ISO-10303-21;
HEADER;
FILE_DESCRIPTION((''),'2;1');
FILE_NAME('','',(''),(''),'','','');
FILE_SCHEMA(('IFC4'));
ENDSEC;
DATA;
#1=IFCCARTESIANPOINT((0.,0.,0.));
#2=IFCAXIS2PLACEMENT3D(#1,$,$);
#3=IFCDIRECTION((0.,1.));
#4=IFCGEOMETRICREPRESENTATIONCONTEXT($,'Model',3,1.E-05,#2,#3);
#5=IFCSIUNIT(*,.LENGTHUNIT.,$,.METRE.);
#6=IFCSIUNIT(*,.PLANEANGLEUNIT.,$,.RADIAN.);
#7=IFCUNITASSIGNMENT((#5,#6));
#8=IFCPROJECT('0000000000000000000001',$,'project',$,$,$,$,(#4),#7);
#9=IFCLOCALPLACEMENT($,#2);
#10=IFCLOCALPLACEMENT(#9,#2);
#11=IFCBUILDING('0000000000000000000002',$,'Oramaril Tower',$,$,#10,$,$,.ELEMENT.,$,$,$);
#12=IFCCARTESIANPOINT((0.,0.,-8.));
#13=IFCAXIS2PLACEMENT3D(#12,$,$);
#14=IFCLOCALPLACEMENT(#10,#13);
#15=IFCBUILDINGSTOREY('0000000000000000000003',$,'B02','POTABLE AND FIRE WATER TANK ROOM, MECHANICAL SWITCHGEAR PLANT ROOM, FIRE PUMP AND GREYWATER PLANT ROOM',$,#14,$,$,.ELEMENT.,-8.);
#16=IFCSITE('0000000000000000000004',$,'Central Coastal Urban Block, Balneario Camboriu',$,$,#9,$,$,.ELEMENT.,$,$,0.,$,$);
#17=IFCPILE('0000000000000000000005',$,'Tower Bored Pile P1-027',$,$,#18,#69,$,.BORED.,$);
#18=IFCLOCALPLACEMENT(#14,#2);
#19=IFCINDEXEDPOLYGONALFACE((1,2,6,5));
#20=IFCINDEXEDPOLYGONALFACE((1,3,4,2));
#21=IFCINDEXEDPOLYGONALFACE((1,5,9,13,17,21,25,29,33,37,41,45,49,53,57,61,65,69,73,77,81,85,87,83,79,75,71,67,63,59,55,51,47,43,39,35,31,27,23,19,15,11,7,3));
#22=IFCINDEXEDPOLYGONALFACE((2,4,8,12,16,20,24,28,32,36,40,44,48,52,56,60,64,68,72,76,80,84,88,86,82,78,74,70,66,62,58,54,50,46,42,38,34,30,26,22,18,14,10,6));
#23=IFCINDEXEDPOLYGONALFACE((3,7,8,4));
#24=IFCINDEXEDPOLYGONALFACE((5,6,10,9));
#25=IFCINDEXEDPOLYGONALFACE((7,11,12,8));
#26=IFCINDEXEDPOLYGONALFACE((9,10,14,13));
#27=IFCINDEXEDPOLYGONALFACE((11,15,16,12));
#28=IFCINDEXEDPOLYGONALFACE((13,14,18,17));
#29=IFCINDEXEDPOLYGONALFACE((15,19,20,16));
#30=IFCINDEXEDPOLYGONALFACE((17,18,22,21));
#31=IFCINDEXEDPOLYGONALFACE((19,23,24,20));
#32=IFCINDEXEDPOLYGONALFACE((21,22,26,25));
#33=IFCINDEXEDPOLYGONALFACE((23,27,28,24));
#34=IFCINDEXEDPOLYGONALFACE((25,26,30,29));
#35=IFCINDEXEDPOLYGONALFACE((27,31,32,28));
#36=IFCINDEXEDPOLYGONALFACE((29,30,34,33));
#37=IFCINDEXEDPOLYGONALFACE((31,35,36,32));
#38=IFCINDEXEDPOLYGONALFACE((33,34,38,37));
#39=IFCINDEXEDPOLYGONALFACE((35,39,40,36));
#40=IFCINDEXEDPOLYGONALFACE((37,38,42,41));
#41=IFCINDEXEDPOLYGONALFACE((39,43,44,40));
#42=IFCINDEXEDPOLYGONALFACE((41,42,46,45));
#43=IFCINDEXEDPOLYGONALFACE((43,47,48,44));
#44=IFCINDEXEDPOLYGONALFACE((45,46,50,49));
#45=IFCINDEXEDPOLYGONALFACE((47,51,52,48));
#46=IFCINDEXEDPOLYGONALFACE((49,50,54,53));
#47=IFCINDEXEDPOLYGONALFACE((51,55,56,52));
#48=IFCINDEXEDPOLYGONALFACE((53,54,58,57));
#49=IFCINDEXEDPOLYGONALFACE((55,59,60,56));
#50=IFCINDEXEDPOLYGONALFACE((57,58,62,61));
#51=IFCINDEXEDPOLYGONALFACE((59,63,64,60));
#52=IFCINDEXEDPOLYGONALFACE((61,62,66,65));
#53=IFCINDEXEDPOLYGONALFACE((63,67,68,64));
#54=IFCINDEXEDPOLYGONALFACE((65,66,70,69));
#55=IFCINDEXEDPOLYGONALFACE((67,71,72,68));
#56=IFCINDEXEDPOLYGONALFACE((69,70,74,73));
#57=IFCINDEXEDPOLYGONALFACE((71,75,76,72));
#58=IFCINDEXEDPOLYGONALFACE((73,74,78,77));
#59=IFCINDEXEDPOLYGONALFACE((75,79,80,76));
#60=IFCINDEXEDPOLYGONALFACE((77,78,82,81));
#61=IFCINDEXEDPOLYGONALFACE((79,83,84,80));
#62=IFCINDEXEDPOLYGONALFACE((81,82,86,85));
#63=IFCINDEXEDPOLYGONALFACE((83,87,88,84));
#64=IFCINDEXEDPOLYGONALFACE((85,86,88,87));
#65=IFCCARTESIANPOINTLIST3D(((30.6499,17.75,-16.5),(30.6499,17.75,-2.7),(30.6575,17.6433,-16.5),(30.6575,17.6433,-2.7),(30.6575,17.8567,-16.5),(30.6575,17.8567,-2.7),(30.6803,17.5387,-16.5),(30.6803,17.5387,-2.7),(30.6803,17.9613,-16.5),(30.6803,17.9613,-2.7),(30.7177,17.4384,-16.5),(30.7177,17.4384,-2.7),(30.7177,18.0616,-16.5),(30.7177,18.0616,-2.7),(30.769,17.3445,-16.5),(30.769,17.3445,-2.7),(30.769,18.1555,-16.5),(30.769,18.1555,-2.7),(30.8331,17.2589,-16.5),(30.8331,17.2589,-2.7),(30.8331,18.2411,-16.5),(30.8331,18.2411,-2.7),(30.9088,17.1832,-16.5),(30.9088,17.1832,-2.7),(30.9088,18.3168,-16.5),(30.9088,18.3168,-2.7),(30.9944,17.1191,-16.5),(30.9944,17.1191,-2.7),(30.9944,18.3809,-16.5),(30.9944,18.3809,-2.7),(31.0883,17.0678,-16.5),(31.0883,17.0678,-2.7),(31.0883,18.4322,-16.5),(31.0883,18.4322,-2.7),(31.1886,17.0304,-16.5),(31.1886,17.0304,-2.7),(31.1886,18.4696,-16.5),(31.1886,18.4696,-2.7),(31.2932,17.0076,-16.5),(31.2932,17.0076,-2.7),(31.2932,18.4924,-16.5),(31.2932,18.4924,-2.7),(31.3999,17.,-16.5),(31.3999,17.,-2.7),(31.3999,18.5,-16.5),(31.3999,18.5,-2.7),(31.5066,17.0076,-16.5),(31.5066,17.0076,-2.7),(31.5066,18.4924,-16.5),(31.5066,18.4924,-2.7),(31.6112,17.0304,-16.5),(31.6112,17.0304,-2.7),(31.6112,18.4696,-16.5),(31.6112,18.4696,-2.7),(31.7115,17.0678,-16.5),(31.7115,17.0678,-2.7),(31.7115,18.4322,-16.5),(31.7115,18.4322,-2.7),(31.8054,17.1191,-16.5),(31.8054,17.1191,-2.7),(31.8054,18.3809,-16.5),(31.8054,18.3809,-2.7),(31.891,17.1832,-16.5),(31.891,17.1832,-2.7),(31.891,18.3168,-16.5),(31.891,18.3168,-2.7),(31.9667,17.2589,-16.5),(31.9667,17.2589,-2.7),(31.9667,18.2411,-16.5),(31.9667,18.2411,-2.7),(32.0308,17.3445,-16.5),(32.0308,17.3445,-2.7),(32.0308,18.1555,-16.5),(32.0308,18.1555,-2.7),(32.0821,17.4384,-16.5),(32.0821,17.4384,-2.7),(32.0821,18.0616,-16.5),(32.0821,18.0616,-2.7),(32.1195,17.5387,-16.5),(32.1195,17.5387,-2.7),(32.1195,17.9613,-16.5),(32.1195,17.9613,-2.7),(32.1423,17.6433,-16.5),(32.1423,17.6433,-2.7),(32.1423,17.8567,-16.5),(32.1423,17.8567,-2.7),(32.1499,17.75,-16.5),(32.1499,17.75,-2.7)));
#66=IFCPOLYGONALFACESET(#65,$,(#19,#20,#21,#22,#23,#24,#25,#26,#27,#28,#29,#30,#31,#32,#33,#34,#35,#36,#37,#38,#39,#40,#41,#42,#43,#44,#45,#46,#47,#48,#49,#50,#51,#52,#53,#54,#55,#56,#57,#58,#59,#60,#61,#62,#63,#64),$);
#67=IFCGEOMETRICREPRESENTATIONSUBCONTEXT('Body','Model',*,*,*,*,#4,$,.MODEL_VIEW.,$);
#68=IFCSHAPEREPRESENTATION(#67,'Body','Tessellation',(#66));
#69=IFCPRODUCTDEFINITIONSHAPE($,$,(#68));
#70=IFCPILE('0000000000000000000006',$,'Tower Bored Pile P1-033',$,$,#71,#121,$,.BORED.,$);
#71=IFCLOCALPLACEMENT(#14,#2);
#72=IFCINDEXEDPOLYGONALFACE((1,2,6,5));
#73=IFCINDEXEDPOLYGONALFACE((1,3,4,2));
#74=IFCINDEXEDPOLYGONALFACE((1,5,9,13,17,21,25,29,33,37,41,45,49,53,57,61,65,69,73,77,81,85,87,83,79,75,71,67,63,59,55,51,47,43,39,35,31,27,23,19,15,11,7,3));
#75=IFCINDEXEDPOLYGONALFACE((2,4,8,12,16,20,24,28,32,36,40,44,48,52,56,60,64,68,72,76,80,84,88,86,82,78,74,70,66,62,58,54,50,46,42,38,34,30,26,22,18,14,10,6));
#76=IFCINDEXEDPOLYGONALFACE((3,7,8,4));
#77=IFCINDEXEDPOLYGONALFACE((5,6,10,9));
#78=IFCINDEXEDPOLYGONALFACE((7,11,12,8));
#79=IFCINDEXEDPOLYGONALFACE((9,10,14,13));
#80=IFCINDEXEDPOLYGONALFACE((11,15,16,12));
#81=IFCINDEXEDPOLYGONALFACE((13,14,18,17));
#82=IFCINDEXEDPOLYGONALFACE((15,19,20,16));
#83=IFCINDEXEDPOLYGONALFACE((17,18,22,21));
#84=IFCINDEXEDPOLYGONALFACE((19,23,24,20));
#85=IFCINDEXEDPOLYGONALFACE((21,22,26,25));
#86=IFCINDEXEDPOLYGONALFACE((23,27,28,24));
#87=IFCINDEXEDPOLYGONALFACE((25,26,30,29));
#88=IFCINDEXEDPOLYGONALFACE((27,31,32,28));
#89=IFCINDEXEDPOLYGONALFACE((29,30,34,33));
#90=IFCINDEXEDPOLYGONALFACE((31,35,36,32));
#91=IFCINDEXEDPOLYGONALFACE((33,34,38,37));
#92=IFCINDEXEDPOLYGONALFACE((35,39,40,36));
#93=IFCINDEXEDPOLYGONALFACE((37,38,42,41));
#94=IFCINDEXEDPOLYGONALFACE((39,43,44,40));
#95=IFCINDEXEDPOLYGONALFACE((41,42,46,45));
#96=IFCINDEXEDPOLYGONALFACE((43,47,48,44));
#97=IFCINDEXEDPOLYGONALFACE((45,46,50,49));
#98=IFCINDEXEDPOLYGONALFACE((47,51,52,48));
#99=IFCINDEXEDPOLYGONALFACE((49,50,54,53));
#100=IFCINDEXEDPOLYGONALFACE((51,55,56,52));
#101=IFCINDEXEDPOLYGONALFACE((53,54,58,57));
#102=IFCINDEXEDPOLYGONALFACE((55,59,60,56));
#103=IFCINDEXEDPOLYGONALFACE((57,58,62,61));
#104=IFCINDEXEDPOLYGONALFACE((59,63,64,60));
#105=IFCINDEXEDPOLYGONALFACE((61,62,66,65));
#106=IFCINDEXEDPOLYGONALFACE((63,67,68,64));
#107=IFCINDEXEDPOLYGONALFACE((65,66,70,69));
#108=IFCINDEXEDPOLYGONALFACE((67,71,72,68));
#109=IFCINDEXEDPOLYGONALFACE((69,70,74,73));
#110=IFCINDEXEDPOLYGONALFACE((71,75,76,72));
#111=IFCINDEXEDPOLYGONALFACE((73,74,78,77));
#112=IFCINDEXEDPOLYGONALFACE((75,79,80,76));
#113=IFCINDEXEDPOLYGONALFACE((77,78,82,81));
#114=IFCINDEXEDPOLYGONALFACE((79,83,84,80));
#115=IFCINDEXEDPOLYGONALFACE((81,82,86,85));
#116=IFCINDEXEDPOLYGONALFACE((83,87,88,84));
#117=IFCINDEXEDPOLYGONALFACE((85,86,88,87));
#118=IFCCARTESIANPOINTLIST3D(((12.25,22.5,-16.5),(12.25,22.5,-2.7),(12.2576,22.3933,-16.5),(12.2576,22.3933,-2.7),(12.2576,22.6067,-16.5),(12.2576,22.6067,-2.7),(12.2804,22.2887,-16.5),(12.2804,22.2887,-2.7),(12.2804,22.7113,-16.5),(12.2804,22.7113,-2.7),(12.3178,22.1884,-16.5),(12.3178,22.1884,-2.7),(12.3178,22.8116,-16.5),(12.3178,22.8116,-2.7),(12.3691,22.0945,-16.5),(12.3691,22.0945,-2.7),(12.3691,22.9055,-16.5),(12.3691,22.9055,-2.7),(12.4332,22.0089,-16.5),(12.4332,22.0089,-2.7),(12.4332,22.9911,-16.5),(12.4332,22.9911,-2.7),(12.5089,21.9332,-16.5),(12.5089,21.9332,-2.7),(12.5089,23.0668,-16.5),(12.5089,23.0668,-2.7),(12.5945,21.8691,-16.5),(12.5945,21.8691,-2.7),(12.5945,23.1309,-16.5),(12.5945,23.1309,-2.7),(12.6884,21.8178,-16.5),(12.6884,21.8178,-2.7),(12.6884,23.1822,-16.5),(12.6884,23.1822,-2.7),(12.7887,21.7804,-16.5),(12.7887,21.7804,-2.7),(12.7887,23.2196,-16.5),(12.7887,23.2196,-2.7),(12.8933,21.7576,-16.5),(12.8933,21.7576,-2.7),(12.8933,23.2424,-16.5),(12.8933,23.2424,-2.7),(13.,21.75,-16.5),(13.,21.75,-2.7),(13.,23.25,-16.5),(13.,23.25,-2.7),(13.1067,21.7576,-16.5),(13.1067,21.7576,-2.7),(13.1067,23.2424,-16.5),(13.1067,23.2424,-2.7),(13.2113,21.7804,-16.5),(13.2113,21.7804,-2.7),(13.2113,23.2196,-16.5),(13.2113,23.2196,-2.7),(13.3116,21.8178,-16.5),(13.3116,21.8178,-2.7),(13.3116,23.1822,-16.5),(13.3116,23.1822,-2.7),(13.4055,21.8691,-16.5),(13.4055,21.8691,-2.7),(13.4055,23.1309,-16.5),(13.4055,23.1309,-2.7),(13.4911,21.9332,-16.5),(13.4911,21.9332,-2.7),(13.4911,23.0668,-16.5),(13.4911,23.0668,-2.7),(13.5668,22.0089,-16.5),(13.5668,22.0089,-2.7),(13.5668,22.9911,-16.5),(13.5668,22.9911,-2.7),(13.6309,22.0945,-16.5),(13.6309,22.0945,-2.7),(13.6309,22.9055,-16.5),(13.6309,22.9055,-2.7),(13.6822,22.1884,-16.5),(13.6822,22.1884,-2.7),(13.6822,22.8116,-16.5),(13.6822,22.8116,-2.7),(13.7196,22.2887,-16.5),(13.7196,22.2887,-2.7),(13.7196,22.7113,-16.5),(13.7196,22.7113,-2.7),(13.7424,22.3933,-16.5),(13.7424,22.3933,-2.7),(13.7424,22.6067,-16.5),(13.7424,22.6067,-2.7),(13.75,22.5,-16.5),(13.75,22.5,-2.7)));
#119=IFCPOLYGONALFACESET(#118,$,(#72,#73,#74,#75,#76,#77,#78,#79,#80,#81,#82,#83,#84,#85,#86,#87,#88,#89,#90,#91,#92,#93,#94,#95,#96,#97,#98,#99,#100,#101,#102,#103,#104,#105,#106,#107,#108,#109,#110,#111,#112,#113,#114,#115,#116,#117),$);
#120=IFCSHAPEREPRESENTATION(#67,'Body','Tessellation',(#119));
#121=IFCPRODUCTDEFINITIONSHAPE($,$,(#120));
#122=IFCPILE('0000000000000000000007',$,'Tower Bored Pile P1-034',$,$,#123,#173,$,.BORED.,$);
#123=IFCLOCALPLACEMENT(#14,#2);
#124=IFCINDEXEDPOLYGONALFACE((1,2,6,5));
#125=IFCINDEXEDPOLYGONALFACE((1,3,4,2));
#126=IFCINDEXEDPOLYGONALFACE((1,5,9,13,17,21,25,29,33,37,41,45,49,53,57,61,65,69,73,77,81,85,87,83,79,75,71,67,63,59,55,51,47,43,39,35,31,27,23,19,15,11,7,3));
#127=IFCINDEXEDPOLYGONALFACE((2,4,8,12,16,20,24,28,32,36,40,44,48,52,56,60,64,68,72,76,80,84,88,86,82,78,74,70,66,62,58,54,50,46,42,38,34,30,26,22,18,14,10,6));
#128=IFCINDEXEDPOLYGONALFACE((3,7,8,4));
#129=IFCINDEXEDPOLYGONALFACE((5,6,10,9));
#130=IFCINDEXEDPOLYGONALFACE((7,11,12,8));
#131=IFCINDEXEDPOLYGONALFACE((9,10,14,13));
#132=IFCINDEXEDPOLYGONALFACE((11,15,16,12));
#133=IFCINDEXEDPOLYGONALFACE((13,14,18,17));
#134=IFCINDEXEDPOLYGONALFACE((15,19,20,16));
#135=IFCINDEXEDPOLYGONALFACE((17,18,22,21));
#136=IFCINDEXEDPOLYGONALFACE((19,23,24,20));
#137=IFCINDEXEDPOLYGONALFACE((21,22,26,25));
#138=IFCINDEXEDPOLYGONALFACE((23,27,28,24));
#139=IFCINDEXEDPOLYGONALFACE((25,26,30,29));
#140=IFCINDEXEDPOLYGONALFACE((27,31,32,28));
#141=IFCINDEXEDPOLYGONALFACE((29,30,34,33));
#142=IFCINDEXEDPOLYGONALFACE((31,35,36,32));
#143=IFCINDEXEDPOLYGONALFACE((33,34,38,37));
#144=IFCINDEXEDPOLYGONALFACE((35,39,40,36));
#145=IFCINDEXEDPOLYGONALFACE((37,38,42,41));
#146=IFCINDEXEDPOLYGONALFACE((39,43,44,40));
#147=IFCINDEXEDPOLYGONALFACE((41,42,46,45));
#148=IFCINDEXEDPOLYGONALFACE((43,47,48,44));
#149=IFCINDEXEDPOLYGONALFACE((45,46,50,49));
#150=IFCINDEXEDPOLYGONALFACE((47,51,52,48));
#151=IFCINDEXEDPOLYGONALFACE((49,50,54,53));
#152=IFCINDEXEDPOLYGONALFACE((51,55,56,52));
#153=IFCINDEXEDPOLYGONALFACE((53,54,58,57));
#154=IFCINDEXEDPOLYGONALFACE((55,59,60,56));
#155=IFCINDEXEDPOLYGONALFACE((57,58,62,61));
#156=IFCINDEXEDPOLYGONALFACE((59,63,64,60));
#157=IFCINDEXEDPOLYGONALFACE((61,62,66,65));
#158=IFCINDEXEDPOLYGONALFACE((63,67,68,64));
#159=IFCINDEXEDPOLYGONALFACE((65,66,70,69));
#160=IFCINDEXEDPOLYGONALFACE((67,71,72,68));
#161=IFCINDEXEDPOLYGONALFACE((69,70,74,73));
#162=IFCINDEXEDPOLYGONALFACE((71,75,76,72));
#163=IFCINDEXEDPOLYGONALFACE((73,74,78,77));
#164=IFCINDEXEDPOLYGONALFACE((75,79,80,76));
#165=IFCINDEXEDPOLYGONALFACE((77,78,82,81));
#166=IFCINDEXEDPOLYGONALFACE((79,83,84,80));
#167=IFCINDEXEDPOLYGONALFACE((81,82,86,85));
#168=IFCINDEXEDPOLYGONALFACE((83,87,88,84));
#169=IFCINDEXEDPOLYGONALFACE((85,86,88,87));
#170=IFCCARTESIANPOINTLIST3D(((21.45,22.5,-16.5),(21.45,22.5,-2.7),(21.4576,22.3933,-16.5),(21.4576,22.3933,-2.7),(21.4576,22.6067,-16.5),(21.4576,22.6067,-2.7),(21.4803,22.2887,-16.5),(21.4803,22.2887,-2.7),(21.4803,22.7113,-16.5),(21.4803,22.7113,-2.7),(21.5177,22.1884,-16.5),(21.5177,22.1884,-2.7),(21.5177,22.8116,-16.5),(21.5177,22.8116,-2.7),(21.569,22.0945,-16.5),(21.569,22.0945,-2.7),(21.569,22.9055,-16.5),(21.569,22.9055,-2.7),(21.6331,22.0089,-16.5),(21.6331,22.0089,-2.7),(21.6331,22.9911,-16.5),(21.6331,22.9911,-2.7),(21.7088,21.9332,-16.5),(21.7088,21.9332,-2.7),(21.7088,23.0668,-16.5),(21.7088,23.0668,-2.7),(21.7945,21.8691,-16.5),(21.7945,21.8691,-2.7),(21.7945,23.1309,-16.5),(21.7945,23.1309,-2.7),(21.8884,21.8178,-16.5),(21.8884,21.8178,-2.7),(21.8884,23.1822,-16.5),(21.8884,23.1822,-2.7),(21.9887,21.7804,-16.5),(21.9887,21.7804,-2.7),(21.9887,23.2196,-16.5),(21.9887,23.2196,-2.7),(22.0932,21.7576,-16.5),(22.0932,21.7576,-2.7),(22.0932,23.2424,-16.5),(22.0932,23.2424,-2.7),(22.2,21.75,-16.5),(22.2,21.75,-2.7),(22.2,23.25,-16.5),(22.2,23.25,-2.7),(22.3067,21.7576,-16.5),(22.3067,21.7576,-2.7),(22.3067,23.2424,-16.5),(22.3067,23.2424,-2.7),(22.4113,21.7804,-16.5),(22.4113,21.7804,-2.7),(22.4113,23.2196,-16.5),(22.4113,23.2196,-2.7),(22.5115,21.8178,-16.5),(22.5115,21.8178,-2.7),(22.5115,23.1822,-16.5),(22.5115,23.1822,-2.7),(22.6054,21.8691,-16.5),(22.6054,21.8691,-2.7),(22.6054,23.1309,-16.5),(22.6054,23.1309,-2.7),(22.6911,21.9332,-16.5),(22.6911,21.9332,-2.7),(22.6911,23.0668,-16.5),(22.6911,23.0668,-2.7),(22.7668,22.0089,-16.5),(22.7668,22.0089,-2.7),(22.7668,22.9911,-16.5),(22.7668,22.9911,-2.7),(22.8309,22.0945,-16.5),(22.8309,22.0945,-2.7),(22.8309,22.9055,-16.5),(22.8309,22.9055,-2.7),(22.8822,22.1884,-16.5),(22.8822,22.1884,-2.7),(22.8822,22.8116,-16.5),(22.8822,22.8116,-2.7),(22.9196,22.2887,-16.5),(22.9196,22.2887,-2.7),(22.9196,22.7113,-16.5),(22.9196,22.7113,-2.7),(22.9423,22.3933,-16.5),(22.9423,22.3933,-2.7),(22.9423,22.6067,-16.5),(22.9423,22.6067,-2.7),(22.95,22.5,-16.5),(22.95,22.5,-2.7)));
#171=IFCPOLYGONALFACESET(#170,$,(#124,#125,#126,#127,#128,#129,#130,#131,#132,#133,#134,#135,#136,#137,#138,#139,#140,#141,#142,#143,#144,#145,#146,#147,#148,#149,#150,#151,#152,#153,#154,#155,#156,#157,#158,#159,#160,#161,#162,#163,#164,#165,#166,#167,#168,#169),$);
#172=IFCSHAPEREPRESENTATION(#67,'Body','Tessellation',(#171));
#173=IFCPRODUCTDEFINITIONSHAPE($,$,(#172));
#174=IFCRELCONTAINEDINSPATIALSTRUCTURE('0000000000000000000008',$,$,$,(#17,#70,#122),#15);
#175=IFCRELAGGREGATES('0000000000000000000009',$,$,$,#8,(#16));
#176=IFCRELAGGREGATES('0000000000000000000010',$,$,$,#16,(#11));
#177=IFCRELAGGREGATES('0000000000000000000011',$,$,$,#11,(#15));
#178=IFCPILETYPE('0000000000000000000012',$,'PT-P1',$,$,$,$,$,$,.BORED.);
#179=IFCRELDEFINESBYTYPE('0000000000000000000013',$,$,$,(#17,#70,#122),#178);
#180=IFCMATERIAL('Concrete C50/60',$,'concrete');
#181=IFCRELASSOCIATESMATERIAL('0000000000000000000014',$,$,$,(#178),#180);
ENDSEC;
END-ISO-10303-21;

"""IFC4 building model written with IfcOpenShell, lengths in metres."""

from ifc_helpers import new_model, si_unit, direction, frame, origin, origin_2d, place, context, subcontext, project, spatial, circle, extrude, material, material_profile, profile_set, type_object, element, save


model = new_model("IFC4")

# Units and contexts
model_context = context("Model", 3, precision=1e-05, world=origin(), true_north=direction((0.0, 1.0)))
body_context = subcontext(model_context, "Body", "Model", "MODEL_VIEW")
ifc_project = project(units=[si_unit("LENGTHUNIT", "METRE"), si_unit("PLANEANGLEUNIT", "RADIAN")], contexts=[model_context])

# Site, building, storey
site_placement = place(None, origin())
site = spatial("IfcSite", under=ifc_project, at=site_placement, Name="Central Coastal Urban Block, Balneario Camboriu", CompositionType="ELEMENT", RefElevation=0.0)
building_placement = place(site_placement, origin())
building = spatial("IfcBuilding", under=site, at=building_placement, Name="Oramaril Tower", CompositionType="ELEMENT")
storey_placement = place(building_placement, frame((0.0, 0.0, -8.0)))
storey = spatial("IfcBuildingStorey", under=building, at=storey_placement, Name="B02", Description="POTABLE AND FIRE WATER TANK ROOM, MECHANICAL SWITCHGEAR PLANT ROOM, FIRE PUMP AND GREYWATER PLANT ROOM", CompositionType="ELEMENT", Elevation=-8.0)

# Piles
ifc_material_1 = material(Name="Concrete C50/60", Category="concrete")
ifc_material_profile_1 = material_profile(ifc_material_1, circle(Radius=0.75, at=origin_2d()), Name="D1500")
ifc_profile_set_1 = profile_set([ifc_material_profile_1], Name="Concrete C50/60")
pile_type = type_object("IfcPileType", Name="PT-P1", PredefinedType="BORED", material=ifc_profile_set_1)
for number, where, z_axis, x_axis, name in (
    (1, (31.3999, 17.75, -2.7), (0.0, 0.0, -1.0), (1.0, 0.0, 0.0), "Tower Bored Pile P1-027"),
    (2, (13.0, 22.5, -2.7), (0.0, 0.0, -1.0), (1.0, 0.0, 0.0), "Tower Bored Pile P1-033"),
    (3, (22.2, 22.5, -2.7), (0.0, 0.0, -1.0), (1.0, 0.0, 0.0), "Tower Bored Pile P1-034"),
):
    element("IfcPile", number, at=place(storey_placement, frame(where, z_axis=z_axis, x_axis=x_axis)), inside=storey, type_object=pile_type, Name=name, PredefinedType="BORED", context=body_context, shape_type="SweptSolid", body=[
        extrude(circle(Radius=0.75, at=origin_2d()), origin(), (0.0, 0.0, 1.0), 13.8),
    ])

save(model, "model.ifc")
